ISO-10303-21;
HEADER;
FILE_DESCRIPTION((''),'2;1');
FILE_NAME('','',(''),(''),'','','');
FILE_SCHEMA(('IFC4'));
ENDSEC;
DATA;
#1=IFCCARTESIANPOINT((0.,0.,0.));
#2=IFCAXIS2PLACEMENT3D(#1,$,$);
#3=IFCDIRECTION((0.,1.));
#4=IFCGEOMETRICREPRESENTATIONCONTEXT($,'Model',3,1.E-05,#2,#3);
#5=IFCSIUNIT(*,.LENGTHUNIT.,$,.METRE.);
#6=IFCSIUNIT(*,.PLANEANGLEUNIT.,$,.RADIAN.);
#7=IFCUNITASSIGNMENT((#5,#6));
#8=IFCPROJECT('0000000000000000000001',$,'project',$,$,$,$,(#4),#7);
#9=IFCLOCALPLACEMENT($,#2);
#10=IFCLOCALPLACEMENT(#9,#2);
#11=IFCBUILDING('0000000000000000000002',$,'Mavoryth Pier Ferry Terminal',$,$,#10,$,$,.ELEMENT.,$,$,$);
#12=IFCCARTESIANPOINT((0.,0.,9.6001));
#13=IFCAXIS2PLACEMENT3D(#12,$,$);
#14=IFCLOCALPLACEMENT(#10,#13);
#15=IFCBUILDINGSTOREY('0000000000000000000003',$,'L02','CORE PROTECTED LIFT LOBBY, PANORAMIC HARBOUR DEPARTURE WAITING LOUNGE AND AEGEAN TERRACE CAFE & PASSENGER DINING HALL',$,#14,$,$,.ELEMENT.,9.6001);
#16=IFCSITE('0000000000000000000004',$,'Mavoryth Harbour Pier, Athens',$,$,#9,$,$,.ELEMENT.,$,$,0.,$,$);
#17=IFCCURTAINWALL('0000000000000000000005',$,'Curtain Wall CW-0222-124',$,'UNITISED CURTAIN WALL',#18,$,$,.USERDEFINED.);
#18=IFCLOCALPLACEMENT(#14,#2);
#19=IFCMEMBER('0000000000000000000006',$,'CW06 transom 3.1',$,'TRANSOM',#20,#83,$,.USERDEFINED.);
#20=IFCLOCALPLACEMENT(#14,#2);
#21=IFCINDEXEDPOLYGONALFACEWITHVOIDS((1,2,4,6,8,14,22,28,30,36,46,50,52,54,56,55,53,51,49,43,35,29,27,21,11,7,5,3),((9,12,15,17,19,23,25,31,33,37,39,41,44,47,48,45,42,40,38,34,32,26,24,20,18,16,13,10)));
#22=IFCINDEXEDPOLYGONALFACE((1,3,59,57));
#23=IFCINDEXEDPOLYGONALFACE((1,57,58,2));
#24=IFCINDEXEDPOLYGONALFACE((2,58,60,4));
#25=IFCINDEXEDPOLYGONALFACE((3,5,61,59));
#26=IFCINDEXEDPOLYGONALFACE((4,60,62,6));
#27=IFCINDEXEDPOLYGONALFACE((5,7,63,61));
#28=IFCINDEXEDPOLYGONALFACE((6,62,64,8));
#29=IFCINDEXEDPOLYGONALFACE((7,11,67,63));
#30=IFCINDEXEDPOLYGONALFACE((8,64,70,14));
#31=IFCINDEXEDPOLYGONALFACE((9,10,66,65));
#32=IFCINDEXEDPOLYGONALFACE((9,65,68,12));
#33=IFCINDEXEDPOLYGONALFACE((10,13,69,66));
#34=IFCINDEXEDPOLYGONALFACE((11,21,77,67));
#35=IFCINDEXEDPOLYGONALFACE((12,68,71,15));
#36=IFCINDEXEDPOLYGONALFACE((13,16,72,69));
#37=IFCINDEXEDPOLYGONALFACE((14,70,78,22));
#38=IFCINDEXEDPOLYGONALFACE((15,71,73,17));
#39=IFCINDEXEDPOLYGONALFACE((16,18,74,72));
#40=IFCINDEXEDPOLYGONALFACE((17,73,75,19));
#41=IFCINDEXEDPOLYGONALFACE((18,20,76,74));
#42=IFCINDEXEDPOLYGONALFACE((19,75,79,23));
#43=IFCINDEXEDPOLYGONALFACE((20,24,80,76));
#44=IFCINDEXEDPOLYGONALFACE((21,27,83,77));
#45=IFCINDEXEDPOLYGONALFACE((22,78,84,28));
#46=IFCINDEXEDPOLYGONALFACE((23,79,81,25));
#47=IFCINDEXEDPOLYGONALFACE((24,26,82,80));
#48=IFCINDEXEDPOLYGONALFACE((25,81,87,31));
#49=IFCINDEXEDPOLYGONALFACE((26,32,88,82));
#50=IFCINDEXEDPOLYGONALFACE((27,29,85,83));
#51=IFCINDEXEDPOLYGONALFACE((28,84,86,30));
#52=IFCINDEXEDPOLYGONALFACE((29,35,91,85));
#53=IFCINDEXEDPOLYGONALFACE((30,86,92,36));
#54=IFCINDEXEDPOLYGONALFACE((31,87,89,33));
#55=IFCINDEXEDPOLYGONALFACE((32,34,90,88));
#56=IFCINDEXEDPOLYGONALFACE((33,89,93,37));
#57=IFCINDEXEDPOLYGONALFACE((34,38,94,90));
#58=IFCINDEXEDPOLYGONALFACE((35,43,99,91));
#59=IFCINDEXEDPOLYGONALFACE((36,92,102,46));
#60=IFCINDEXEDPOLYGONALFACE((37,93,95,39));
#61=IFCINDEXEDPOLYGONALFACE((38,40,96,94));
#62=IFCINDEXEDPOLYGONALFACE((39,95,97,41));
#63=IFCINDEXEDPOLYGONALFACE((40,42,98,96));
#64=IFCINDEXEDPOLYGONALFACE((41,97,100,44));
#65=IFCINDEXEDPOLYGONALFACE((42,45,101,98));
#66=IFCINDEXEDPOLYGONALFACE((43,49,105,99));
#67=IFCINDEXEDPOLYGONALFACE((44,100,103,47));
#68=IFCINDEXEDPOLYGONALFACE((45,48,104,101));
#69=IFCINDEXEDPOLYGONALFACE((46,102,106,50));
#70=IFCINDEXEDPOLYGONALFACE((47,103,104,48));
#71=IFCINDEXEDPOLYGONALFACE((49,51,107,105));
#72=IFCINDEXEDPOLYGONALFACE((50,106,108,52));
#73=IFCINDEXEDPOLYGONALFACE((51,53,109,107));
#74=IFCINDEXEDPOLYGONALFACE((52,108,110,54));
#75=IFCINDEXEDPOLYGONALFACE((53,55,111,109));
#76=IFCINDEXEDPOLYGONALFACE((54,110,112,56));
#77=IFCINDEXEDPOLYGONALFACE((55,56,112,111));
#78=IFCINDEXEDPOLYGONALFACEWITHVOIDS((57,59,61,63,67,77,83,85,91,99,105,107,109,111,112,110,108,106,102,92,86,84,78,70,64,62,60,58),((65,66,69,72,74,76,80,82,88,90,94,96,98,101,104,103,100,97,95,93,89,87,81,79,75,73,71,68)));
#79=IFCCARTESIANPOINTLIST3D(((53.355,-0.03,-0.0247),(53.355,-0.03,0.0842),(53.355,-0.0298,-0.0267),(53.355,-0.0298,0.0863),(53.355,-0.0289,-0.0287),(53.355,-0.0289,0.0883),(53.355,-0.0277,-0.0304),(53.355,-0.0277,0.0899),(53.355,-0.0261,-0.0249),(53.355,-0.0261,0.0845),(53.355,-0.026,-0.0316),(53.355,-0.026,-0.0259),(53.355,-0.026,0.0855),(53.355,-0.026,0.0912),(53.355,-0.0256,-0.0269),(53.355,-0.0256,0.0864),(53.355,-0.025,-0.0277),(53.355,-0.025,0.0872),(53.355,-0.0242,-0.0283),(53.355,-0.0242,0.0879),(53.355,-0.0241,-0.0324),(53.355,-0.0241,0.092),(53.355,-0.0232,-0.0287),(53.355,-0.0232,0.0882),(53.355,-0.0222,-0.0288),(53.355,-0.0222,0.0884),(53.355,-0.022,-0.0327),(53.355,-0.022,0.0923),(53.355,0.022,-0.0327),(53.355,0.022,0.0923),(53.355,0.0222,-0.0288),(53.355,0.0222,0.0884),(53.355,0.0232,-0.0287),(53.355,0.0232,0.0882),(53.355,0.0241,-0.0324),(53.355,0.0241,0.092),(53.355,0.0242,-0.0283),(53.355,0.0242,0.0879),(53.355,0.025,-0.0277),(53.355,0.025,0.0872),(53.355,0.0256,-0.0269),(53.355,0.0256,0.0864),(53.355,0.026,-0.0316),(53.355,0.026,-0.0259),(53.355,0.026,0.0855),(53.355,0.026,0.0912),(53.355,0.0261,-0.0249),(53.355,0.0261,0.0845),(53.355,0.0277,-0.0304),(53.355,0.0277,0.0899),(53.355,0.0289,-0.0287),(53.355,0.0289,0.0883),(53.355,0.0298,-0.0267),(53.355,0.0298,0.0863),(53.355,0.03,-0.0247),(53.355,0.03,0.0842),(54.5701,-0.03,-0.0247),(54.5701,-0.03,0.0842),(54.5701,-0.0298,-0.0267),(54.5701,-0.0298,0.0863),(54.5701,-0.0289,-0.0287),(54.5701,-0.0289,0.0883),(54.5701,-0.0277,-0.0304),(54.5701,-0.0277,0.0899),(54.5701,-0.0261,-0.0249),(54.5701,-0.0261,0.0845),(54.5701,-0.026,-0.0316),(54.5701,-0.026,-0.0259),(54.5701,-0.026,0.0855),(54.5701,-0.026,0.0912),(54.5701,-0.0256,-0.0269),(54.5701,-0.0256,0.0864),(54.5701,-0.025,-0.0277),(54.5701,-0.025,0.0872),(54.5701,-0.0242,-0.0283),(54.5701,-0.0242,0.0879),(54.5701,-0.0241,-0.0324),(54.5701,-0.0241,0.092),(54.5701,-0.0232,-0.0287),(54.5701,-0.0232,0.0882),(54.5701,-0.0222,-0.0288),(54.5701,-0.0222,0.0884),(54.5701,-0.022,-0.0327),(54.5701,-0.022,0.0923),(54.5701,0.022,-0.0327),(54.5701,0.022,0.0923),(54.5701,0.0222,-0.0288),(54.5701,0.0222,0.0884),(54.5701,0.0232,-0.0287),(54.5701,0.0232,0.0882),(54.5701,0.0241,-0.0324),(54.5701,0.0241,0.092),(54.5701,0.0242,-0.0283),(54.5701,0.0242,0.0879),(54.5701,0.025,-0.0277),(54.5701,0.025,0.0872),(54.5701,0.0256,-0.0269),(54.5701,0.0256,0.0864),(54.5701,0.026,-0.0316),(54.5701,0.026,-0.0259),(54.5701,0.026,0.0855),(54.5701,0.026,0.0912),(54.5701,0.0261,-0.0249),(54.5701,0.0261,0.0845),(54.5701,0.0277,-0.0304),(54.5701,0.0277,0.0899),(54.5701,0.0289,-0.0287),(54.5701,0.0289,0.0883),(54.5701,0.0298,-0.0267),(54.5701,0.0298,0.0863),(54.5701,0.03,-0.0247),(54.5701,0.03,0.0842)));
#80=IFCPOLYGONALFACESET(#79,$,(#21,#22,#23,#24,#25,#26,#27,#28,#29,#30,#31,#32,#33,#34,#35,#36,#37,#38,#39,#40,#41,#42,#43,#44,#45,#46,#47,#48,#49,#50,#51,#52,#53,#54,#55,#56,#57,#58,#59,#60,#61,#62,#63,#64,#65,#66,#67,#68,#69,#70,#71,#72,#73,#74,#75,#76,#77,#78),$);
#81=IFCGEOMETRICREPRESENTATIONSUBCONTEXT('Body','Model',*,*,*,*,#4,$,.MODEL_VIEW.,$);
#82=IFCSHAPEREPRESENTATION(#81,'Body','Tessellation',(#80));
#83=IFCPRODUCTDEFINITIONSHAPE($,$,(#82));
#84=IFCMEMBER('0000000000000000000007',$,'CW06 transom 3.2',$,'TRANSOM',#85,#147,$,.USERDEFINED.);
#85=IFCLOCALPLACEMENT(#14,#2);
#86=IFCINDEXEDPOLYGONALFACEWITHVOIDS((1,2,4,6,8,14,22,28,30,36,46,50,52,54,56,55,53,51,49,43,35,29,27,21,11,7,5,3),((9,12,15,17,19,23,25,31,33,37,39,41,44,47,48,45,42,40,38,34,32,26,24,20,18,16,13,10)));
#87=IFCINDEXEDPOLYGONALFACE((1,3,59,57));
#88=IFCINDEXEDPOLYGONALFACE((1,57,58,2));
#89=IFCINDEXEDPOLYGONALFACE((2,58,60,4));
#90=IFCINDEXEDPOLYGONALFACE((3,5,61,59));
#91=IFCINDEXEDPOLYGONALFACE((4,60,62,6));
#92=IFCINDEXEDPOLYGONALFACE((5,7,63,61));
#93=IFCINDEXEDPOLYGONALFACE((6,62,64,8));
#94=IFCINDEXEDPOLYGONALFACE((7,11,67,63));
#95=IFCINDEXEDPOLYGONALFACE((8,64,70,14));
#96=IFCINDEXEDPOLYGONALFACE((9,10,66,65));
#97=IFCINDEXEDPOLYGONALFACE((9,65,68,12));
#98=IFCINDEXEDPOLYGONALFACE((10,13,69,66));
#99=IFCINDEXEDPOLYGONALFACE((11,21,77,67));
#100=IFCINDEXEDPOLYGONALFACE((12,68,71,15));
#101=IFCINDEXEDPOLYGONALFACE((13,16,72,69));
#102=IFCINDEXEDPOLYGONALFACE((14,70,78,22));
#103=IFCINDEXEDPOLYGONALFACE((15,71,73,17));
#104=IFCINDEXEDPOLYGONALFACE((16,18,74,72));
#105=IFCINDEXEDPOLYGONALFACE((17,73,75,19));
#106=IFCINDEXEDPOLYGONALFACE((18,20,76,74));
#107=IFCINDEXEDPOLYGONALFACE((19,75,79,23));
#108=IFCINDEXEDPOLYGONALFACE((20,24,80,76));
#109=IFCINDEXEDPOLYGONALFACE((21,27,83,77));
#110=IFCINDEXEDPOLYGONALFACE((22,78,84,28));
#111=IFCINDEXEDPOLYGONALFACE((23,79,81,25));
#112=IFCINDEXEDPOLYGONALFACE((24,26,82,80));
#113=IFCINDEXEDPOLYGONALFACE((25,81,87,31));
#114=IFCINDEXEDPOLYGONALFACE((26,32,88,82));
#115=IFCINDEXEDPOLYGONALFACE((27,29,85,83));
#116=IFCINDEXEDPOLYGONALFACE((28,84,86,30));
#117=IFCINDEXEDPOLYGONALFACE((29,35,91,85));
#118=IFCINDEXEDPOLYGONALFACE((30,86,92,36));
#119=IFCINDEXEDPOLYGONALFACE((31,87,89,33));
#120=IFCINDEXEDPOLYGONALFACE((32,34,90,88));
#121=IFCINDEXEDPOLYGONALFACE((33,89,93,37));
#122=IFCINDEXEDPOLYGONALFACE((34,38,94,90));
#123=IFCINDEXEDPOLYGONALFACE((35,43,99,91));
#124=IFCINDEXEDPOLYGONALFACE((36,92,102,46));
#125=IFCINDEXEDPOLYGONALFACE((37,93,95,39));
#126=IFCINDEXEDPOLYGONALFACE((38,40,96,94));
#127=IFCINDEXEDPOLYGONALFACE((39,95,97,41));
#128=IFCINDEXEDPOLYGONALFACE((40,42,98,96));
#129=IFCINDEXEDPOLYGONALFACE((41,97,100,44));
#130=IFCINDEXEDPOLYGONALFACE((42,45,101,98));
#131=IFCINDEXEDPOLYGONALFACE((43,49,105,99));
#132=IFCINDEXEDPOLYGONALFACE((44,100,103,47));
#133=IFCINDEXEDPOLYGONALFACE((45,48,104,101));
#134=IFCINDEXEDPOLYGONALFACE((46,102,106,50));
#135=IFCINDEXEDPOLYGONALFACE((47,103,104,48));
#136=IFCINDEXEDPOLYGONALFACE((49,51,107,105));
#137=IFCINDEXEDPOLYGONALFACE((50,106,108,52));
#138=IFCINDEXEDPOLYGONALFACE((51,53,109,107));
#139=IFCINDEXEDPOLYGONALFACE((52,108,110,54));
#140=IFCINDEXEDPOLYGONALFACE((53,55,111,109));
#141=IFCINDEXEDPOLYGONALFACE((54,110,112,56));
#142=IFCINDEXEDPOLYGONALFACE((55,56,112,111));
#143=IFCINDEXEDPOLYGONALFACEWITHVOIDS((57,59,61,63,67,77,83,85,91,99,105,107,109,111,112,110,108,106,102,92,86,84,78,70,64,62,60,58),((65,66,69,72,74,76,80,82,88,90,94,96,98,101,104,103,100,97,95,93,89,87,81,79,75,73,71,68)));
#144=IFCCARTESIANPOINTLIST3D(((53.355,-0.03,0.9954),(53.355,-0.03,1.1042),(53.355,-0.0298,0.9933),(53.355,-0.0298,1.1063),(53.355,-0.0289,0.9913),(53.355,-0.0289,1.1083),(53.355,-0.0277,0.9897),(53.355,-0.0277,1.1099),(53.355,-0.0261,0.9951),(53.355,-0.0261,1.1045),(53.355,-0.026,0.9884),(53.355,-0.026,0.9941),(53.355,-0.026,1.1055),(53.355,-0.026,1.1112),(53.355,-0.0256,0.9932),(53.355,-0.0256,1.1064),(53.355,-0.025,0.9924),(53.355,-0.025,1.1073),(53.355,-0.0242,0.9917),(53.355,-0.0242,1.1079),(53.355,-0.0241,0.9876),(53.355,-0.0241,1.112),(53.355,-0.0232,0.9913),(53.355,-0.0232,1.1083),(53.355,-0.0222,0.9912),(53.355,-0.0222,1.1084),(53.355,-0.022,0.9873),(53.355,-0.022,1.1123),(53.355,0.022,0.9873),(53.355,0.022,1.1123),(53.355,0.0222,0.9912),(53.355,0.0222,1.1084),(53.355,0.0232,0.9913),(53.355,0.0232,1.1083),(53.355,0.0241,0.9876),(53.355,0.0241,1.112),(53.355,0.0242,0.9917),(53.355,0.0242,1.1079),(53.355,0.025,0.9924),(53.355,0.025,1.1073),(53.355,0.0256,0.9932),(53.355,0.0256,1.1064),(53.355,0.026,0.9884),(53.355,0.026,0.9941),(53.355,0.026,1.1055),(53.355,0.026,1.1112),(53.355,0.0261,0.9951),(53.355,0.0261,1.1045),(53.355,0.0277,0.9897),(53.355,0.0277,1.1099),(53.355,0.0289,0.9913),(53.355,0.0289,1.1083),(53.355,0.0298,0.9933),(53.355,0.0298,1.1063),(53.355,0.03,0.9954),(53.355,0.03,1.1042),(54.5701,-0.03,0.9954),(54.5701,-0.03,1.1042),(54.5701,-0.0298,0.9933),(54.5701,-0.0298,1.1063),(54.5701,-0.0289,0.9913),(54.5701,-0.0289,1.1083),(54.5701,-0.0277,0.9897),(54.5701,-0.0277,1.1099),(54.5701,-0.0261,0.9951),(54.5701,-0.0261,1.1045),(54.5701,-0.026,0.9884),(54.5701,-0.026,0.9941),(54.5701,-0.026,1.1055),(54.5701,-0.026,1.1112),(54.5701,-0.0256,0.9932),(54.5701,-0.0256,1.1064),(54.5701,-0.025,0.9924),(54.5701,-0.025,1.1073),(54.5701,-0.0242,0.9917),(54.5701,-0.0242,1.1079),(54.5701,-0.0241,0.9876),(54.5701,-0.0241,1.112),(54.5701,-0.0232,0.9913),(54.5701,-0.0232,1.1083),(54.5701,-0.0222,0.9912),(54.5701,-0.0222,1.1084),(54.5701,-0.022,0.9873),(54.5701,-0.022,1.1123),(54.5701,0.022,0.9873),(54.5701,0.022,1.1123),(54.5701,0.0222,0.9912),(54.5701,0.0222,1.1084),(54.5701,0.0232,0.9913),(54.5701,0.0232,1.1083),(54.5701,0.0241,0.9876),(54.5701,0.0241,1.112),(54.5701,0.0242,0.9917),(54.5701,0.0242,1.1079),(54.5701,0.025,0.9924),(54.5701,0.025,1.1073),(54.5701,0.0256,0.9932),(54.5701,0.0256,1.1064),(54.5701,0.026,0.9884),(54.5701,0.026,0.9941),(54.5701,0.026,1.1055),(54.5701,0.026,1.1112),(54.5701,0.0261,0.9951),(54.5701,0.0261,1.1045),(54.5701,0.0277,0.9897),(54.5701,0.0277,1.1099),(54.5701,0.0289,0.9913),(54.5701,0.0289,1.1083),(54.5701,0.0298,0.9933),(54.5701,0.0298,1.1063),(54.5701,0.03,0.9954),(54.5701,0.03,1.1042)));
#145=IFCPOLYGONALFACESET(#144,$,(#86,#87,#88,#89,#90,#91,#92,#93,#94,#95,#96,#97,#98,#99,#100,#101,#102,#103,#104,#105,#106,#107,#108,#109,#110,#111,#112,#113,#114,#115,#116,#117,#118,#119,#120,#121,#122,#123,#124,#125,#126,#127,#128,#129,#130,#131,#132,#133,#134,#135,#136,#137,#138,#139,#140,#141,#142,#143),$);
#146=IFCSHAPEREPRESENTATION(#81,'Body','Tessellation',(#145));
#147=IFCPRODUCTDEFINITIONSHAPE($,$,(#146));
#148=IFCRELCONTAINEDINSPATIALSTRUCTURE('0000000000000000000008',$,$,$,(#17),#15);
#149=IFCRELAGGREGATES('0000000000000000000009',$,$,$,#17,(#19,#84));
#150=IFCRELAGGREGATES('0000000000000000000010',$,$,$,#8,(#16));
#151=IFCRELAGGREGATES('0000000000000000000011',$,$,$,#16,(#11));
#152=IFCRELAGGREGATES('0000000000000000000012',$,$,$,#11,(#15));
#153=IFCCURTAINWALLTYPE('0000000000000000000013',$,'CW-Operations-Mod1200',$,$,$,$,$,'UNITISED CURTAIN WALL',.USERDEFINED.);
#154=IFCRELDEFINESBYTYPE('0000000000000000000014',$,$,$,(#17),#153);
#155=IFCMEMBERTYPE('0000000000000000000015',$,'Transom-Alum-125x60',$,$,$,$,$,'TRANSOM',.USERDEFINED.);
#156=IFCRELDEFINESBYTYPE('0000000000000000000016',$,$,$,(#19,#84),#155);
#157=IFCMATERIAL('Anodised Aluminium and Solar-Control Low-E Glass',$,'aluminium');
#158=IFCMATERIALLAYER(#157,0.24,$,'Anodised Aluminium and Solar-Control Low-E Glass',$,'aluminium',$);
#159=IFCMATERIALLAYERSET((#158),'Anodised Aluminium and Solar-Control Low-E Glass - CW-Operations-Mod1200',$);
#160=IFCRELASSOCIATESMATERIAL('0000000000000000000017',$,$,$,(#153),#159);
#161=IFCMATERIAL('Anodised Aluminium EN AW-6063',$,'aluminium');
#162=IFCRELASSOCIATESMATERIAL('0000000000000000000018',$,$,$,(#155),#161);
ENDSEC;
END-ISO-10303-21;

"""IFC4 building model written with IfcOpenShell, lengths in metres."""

from ifc_helpers import new_model, si_unit, direction, frame, origin, origin_2d, place, context, subcontext, project, spatial, hollow_rectangle, extrude, material, layer, layer_set, material_profile, profile_set, type_object, element, aggregate, save


model = new_model("IFC4")

# Units and contexts
model_context = context("Model", 3, precision=1e-05, world=origin(), true_north=direction((0.0, 1.0)))
body_context = subcontext(model_context, "Body", "Model", "MODEL_VIEW")
ifc_project = project(units=[si_unit("LENGTHUNIT", "METRE"), si_unit("PLANEANGLEUNIT", "RADIAN")], contexts=[model_context])

# Site, building, storey
site_placement = place(None, origin())
site = spatial("IfcSite", under=ifc_project, at=site_placement, Name="Mavoryth Harbour Pier, Athens", CompositionType="ELEMENT", RefElevation=0.0)
building_placement = place(site_placement, origin())
building = spatial("IfcBuilding", under=site, at=building_placement, Name="Mavoryth Pier Ferry Terminal", CompositionType="ELEMENT")
storey_placement = place(building_placement, frame((0.0, 0.0, 9.6001)))
storey = spatial("IfcBuildingStorey", under=building, at=storey_placement, Name="L02", Description="CORE PROTECTED LIFT LOBBY, PANORAMIC HARBOUR DEPARTURE WAITING LOUNGE AND AEGEAN TERRACE CAFE & PASSENGER DINING HALL", CompositionType="ELEMENT", Elevation=9.6001)

# Curtain wall
ifc_material_1 = material(Name="Anodised Aluminium and Solar-Control Low-E Glass", Category="aluminium")
ifc_layer_1 = layer(ifc_material_1, 0.24, Name="Anodised Aluminium and Solar-Control Low-E Glass", Category="aluminium")
ifc_layer_set_1 = layer_set([ifc_layer_1], Name="Anodised Aluminium and Solar-Control Low-E Glass - CW-Operations-Mod1200")
curtain_wall_type = type_object("IfcCurtainWallType", Name="CW-Operations-Mod1200", ElementType="UNITISED CURTAIN WALL", PredefinedType="USERDEFINED", material=ifc_layer_set_1)
curtain_wall_placement = place(storey_placement, origin())
curtain_wall = element("IfcCurtainWall", 1, at=curtain_wall_placement, inside=storey, type_object=curtain_wall_type, Name="Curtain Wall CW-0222-124", ObjectType="UNITISED CURTAIN WALL", PredefinedType="USERDEFINED")
ifc_material_2 = material(Name="Anodised Aluminium EN AW-6063", Category="aluminium")

# Members
ifc_material_profile_1 = material_profile(ifc_material_2, hollow_rectangle(XDim=0.0601, YDim=0.125, WallThickness=0.0039, InnerFilletRadius=0.0039, OuterFilletRadius=0.0081, at=origin_2d()), Name="AL-TRAN 125x60x4", Category="aluminium")
ifc_profile_set_1 = profile_set([ifc_material_profile_1], Name="Anodised Aluminium EN AW-6063 - AL-TRAN 125x60x4")
member_type_1 = type_object("IfcMemberType", Name="Transom-Alum-125x60", ElementType="TRANSOM", PredefinedType="USERDEFINED", material=ifc_profile_set_1)
member_1_placement = place(storey_placement, frame((53.355, 0.0, 0.0298), z_axis=(1.0, 0.0, 0.0), x_axis=(0.0, 1.0, 0.0)))
member_1 = element("IfcMember", 2, at=member_1_placement, type_object=member_type_1, Name="CW06 transom 3.1", ObjectType="TRANSOM", PredefinedType="USERDEFINED", context=body_context, shape_type="SweptSolid", body=[
    extrude(hollow_rectangle(XDim=0.0601, YDim=0.125, WallThickness=0.0039, InnerFilletRadius=0.0039, OuterFilletRadius=0.0081, at=origin_2d()), origin(), (0.0, 0.0, 1.0), 1.2151),
])
member_2_placement = place(storey_placement, frame((53.355, 0.0, 1.0498), z_axis=(1.0, 0.0, 0.0), x_axis=(0.0, 1.0, 0.0)))
member_2 = element("IfcMember", 3, at=member_2_placement, type_object=member_type_1, Name="CW06 transom 3.2", ObjectType="TRANSOM", PredefinedType="USERDEFINED", context=body_context, shape_type="SweptSolid", body=[
    extrude(hollow_rectangle(XDim=0.0601, YDim=0.125, WallThickness=0.0039, InnerFilletRadius=0.0039, OuterFilletRadius=0.0081, at=origin_2d()), origin(), (0.0, 0.0, 1.0), 1.2151),
])

aggregate(curtain_wall, [member_1, member_2])

save(model, "model.ifc")
